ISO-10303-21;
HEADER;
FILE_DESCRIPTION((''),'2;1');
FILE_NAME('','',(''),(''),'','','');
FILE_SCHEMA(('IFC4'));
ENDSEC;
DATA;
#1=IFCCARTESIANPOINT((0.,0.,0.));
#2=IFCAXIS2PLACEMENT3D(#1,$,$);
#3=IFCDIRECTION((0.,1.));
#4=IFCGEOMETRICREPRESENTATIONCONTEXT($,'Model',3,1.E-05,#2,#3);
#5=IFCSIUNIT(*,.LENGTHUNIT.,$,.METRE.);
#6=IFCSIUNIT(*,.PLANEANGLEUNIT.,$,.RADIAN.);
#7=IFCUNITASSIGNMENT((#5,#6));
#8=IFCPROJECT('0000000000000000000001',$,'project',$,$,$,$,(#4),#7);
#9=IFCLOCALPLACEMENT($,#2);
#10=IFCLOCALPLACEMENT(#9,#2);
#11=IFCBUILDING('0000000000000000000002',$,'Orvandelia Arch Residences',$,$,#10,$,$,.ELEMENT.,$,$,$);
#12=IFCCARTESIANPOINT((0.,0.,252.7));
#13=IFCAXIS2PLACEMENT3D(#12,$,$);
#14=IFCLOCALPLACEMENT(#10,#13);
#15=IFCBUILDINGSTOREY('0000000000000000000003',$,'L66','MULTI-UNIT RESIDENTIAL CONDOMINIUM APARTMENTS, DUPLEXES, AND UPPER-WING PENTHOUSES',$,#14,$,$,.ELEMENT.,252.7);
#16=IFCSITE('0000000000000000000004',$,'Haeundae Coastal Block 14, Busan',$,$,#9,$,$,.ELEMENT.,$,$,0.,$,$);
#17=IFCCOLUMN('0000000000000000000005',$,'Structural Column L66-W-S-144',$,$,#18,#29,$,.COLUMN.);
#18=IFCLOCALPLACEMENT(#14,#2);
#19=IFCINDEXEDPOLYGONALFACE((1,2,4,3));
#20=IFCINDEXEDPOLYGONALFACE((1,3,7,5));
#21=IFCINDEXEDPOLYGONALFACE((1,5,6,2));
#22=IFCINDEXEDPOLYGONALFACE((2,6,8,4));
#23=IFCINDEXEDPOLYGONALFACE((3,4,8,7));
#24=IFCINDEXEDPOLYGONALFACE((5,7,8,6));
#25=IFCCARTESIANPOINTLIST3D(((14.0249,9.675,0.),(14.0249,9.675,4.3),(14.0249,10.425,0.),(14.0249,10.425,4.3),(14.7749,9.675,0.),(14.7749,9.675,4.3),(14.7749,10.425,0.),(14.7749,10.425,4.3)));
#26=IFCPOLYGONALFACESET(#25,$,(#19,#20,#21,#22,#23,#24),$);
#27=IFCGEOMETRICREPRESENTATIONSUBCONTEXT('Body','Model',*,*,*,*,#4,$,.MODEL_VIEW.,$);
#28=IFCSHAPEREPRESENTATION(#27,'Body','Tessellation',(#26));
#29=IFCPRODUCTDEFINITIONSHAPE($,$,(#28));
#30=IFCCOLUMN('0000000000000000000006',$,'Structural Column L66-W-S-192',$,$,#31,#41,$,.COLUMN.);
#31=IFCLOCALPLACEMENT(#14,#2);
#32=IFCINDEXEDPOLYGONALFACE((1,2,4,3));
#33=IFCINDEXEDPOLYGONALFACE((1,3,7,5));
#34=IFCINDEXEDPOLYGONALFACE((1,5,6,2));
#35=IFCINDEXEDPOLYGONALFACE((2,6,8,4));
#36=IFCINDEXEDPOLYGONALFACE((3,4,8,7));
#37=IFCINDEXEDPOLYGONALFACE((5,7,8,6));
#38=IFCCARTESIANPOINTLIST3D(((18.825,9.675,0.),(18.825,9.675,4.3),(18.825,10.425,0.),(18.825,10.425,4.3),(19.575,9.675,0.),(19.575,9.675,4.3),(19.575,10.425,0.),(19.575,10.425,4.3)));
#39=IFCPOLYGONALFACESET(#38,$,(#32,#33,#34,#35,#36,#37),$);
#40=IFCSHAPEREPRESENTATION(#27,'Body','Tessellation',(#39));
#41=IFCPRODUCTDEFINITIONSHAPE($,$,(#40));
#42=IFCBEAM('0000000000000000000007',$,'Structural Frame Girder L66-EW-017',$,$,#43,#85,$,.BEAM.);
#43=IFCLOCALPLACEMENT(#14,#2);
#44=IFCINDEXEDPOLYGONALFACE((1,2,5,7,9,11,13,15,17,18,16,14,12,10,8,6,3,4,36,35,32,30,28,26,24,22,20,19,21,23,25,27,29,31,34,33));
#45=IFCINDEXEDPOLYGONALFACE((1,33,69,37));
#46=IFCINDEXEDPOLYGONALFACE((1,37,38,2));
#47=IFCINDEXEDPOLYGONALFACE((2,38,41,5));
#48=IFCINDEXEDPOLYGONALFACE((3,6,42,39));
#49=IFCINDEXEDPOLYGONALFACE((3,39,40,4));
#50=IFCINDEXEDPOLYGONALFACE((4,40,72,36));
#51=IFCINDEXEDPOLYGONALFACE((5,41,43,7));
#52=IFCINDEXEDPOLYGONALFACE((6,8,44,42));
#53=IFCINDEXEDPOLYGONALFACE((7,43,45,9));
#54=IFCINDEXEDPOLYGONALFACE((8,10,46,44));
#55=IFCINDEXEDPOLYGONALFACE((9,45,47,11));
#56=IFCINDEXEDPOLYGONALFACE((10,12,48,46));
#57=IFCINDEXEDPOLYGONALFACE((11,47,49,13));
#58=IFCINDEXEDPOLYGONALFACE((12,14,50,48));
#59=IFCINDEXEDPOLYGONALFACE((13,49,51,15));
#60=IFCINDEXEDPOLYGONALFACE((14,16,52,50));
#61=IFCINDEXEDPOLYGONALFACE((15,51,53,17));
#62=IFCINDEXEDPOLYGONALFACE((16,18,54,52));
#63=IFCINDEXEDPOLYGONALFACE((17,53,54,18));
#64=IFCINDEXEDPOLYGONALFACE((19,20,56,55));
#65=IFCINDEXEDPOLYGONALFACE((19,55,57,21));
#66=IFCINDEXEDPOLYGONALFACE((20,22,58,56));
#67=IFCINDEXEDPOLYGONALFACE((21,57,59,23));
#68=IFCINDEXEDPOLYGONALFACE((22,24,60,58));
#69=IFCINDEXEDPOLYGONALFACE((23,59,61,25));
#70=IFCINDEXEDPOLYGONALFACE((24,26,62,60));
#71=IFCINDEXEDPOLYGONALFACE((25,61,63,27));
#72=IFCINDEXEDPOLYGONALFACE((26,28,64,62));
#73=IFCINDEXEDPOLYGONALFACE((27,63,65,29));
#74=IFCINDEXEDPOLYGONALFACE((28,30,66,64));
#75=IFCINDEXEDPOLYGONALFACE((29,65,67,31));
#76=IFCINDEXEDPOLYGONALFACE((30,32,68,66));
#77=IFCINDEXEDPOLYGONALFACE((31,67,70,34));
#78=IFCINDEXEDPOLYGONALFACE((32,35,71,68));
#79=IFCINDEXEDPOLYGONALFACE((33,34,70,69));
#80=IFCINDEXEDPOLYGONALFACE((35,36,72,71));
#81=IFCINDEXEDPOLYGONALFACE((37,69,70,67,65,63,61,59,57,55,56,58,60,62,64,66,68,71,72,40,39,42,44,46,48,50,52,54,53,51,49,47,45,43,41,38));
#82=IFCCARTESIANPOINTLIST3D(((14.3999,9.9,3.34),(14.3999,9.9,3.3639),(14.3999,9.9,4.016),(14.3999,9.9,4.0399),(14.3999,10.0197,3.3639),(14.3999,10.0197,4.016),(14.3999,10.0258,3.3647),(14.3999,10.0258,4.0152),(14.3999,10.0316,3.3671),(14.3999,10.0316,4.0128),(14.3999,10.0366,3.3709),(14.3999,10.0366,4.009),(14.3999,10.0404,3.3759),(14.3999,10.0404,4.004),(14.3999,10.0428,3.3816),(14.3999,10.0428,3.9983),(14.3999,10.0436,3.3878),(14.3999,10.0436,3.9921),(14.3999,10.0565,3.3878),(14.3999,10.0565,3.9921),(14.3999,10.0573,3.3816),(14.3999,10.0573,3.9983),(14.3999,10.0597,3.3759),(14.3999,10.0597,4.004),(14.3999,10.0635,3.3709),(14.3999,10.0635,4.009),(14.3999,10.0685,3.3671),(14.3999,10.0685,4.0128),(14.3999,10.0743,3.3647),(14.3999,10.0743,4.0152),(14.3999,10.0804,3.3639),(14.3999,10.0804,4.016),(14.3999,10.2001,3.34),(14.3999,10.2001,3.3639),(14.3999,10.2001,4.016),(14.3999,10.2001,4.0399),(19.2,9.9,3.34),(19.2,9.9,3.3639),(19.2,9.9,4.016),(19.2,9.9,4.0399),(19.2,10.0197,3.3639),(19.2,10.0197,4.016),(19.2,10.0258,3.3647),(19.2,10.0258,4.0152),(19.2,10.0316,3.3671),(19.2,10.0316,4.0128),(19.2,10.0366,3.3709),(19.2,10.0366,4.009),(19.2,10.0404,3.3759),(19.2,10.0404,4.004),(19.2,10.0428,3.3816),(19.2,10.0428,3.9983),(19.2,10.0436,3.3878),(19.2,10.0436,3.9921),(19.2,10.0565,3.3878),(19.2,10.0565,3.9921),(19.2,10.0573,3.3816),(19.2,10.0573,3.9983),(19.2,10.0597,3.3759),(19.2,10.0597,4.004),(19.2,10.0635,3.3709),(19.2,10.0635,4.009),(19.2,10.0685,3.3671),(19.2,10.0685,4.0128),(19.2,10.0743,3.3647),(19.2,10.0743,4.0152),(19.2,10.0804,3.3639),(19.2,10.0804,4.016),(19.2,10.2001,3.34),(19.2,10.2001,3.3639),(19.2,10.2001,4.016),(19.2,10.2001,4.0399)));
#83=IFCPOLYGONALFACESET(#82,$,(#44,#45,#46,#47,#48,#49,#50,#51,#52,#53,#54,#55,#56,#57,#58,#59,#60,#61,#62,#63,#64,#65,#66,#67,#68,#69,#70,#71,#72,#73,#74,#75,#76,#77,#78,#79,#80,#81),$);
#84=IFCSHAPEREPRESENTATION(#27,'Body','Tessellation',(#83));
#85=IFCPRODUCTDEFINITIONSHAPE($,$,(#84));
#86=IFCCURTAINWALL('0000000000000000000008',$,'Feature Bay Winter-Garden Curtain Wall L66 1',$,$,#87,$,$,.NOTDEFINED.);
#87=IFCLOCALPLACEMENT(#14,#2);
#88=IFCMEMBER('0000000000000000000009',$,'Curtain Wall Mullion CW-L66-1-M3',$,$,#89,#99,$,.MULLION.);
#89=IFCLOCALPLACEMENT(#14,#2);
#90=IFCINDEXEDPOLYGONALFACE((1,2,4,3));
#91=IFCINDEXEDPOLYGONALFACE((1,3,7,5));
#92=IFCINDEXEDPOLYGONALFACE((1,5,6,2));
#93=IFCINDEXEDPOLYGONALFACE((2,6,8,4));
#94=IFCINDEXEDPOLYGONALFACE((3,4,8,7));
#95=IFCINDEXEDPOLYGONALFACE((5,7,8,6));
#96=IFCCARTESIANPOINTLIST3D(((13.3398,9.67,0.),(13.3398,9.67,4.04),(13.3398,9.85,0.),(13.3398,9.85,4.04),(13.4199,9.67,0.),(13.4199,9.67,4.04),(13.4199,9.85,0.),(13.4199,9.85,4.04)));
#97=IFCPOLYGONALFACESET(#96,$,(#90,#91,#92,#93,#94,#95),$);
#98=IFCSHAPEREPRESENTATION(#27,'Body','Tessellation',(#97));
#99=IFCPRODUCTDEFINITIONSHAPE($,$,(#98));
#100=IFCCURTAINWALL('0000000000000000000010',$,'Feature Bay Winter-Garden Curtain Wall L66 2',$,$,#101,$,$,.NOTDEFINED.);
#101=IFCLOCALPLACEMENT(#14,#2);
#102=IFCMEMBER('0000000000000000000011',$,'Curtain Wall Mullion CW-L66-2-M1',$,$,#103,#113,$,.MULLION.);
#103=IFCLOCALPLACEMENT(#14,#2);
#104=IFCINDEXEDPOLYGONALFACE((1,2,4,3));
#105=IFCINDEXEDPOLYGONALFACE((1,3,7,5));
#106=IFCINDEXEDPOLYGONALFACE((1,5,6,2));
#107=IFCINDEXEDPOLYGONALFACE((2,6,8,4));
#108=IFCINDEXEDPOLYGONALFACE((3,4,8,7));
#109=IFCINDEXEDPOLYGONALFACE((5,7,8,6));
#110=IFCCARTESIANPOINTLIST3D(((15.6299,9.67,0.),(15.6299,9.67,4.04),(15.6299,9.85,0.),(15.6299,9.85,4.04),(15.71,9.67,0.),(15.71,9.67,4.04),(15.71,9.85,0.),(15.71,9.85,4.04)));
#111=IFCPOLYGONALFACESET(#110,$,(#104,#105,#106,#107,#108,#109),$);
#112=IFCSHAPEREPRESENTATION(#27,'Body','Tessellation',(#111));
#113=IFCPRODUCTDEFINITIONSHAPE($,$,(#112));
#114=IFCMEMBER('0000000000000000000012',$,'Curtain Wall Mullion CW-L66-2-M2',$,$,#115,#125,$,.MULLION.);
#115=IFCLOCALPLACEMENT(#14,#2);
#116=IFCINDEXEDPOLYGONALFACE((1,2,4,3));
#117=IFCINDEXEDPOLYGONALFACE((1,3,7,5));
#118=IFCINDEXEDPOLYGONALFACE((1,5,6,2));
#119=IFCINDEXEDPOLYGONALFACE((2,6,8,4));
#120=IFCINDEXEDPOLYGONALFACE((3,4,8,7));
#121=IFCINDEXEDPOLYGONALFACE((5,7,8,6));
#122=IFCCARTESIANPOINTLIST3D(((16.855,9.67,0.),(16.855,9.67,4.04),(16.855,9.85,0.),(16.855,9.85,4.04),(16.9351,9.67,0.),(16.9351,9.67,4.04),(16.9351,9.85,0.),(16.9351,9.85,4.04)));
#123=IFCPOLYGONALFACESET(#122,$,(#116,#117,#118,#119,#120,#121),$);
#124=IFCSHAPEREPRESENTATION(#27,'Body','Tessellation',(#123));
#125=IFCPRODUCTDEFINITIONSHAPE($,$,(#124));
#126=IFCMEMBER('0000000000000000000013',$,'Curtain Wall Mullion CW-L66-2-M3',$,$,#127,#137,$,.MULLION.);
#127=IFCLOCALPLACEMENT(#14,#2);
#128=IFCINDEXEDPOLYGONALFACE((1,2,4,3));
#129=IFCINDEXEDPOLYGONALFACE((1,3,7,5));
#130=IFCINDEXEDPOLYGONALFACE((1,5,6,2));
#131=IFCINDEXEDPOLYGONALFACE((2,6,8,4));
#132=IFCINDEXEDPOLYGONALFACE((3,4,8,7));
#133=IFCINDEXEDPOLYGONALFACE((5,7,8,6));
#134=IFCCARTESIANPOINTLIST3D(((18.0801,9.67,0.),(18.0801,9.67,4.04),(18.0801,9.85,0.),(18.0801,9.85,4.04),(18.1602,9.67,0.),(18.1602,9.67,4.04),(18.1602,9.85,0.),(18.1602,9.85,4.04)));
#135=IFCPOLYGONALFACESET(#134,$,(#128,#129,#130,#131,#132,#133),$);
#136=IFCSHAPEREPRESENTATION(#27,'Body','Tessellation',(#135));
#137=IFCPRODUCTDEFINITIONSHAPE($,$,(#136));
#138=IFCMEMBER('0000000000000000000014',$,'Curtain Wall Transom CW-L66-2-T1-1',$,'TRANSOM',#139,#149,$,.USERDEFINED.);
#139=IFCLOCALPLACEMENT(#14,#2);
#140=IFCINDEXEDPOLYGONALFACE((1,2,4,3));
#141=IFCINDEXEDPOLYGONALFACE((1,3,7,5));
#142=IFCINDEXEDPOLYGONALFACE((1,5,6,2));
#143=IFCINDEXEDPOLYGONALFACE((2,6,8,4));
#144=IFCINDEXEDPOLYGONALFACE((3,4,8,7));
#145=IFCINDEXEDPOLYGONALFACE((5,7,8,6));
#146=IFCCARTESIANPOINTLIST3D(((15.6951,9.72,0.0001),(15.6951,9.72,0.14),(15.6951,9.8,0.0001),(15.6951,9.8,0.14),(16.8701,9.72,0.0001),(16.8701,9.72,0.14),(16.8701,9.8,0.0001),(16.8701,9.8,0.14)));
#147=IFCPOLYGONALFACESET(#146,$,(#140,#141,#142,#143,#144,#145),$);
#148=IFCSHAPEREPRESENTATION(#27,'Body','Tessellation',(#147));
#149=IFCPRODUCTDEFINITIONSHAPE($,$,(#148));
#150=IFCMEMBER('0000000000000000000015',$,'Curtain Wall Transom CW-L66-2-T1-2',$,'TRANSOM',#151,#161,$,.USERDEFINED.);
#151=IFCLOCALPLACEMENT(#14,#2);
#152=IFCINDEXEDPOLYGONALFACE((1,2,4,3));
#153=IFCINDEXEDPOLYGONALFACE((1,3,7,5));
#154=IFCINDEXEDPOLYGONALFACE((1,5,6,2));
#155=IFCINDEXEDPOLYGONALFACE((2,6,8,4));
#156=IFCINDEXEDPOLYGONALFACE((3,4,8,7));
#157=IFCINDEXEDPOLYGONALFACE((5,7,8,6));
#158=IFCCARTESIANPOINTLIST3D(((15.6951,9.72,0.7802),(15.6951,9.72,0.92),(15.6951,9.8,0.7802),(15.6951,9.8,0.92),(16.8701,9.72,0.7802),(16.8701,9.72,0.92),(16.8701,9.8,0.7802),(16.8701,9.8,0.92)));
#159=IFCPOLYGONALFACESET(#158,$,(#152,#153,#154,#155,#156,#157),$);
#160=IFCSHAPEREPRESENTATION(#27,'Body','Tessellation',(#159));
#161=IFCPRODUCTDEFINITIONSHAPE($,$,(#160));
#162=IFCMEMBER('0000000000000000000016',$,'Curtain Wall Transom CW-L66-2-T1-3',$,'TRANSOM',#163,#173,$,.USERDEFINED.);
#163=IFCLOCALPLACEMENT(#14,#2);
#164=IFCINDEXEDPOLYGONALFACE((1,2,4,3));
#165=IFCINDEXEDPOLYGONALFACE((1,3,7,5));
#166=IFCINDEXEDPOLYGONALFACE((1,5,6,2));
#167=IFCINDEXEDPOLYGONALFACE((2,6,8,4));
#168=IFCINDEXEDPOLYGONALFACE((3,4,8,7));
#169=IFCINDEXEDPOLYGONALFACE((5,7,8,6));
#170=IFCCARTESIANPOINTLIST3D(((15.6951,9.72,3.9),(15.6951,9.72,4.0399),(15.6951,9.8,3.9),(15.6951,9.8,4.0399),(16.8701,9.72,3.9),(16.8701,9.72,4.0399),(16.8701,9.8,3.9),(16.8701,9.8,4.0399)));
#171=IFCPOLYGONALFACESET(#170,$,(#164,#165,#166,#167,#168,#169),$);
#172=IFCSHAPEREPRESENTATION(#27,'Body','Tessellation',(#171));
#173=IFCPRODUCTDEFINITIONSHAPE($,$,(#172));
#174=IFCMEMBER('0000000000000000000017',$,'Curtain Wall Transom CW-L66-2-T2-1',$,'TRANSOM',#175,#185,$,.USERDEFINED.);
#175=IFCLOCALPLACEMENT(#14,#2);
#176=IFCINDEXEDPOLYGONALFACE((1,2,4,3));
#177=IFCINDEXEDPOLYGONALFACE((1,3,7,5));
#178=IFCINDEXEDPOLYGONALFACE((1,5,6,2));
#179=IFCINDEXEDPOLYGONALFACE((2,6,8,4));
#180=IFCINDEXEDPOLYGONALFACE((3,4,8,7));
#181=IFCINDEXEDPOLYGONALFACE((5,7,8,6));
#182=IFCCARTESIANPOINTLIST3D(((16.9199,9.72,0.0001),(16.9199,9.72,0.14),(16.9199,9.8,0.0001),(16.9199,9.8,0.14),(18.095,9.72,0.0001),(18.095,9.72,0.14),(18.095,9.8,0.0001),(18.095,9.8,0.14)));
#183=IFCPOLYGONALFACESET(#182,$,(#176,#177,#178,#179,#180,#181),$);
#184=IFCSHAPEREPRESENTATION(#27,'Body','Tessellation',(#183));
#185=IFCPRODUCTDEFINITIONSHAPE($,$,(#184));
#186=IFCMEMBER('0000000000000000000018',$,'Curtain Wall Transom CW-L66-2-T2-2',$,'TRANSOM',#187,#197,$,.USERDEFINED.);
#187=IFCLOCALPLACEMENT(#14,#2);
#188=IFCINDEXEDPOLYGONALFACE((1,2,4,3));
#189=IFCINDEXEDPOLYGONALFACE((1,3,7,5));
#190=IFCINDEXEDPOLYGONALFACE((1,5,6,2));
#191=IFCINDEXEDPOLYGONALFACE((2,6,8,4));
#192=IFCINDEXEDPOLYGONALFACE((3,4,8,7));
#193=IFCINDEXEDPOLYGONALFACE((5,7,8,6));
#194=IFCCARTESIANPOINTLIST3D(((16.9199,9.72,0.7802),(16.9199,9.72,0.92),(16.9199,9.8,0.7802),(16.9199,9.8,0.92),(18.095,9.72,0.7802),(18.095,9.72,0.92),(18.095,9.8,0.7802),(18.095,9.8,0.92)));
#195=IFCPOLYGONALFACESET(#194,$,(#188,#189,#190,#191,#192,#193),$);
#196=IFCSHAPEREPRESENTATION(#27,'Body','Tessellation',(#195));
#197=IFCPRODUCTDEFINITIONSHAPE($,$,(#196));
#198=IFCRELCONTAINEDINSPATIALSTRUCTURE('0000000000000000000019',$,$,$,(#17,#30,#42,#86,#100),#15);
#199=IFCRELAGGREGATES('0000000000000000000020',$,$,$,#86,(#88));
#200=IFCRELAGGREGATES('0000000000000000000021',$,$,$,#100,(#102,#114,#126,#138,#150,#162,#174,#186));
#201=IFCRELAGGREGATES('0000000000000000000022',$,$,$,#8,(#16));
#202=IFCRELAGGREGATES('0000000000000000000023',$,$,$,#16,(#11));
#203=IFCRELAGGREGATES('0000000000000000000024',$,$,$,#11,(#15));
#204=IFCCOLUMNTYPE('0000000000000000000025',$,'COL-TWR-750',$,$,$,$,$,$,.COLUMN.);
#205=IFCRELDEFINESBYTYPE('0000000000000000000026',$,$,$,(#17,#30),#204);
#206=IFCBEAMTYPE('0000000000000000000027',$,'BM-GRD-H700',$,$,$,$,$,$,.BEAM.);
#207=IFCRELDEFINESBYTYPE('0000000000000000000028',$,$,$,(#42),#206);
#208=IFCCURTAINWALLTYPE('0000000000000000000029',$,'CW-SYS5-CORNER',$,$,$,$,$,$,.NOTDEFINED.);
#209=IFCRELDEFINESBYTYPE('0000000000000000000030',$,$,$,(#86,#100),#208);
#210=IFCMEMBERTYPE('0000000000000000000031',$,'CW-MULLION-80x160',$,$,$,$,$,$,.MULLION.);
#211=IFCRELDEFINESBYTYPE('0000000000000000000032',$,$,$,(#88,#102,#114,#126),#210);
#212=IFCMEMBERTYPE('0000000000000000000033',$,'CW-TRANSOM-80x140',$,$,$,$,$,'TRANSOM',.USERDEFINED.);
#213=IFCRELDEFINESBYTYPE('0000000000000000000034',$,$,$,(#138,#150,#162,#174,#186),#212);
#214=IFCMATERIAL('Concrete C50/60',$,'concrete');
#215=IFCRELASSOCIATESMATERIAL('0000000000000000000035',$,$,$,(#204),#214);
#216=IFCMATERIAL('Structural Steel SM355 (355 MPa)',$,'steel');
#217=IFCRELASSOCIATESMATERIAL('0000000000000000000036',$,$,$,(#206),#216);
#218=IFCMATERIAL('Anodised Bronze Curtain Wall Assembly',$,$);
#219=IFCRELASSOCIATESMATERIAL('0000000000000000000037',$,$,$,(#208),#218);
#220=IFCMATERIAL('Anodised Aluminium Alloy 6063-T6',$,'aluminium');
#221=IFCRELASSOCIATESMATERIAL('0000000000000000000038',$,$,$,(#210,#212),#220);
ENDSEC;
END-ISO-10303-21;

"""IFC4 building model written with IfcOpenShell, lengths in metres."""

from ifc_helpers import new_model, si_unit, direction, frame, origin, origin_2d, place, context, subcontext, project, spatial, rectangle, i_section, extrude, material, material_profile, profile_set, type_object, element, aggregate, save


model = new_model("IFC4")

# Units and contexts
model_context = context("Model", 3, precision=1e-05, world=origin(), true_north=direction((0.0, 1.0)))
body_context = subcontext(model_context, "Body", "Model", "MODEL_VIEW")
ifc_project = project(units=[si_unit("LENGTHUNIT", "METRE"), si_unit("PLANEANGLEUNIT", "RADIAN")], contexts=[model_context])

# Site, building, storey
site_placement = place(None, origin())
site = spatial("IfcSite", under=ifc_project, at=site_placement, Name="Haeundae Coastal Block 14, Busan", CompositionType="ELEMENT", RefElevation=0.0)
building_placement = place(site_placement, origin())
building = spatial("IfcBuilding", under=site, at=building_placement, Name="Orvandelia Arch Residences", CompositionType="ELEMENT")
storey_placement = place(building_placement, frame((0.0, 0.0, 252.7)))
storey = spatial("IfcBuildingStorey", under=building, at=storey_placement, Name="L66", Description="MULTI-UNIT RESIDENTIAL CONDOMINIUM APARTMENTS, DUPLEXES, AND UPPER-WING PENTHOUSES", CompositionType="ELEMENT", Elevation=252.7)

# Columns
ifc_material_1 = material(Name="Concrete C50/60", Category="concrete")
ifc_material_profile_1 = material_profile(ifc_material_1, rectangle(XDim=0.75, YDim=0.75, at=origin_2d()), Name="Concrete C50/60", Category="concrete")
ifc_profile_set_1 = profile_set([ifc_material_profile_1], Name="Concrete C50/60")
column_type = type_object("IfcColumnType", Name="COL-TWR-750", PredefinedType="COLUMN", material=ifc_profile_set_1)
for number, where, z_axis, x_axis, name in (
    (1, (14.3999, 10.05, 0.0), (0.0, 0.0, 1.0), (1.0, 0.0, 0.0), "Structural Column L66-W-S-144"),
    (2, (19.2, 10.05, 0.0), (0.0, 0.0, 1.0), (1.0, 0.0, 0.0), "Structural Column L66-W-S-192"),
):
    element("IfcColumn", number, at=place(storey_placement, frame(where, z_axis=z_axis, x_axis=x_axis)), inside=storey, type_object=column_type, Name=name, PredefinedType="COLUMN", context=body_context, shape_type="SweptSolid", body=[
        extrude(rectangle(XDim=0.75, YDim=0.75, at=origin_2d()), origin(), (0.0, 0.0, 1.0), 4.3),
    ])

# Beam
ifc_material_2 = material(Name="Structural Steel SM355 (355 MPa)", Category="steel")
ifc_material_profile_2 = material_profile(ifc_material_2, i_section(OverallWidth=0.3, OverallDepth=0.7, WebThickness=0.0129, FlangeThickness=0.0239, FilletRadius=0.0239, at=origin_2d()), Name="Structural Steel SM355 (355 MPa)", Category="steel")
ifc_profile_set_2 = profile_set([ifc_material_profile_2], Name="Structural Steel SM355 (355 MPa)")
beam_type = type_object("IfcBeamType", Name="BM-GRD-H700", PredefinedType="BEAM", material=ifc_profile_set_2)
beam_placement = place(storey_placement, frame((14.3999, 10.05, 3.6899), z_axis=(1.0, 0.0, 0.0), x_axis=(0.0, 1.0, 0.0)))
element("IfcBeam", 3, at=beam_placement, inside=storey, type_object=beam_type, Name="Structural Frame Girder L66-EW-017", PredefinedType="BEAM", context=body_context, shape_type="SweptSolid", body=[
    extrude(i_section(OverallWidth=0.3, OverallDepth=0.7, WebThickness=0.0129, FlangeThickness=0.0239, FilletRadius=0.0239, at=origin_2d()), origin(), (0.0, 0.0, 1.0), 4.8),
])

# Curtain wall, member
ifc_material_3 = material(Name="Anodised Bronze Curtain Wall Assembly")
curtain_wall_type = type_object("IfcCurtainWallType", Name="CW-SYS5-CORNER", PredefinedType="NOTDEFINED", material=ifc_material_3)
curtain_wall_1_placement = place(storey_placement, origin())
curtain_wall_1 = element("IfcCurtainWall", 4, at=curtain_wall_1_placement, inside=storey, type_object=curtain_wall_type, Name="Feature Bay Winter-Garden Curtain Wall L66 1", PredefinedType="NOTDEFINED")
ifc_material_4 = material(Name="Anodised Aluminium Alloy 6063-T6", Category="aluminium")
ifc_material_profile_3 = material_profile(ifc_material_4, rectangle(XDim=0.0801, YDim=0.1799, at=origin_2d()), Name="Anodised Aluminium Alloy 6063-T6", Category="aluminium")
ifc_profile_set_3 = profile_set([ifc_material_profile_3], Name="Anodised Aluminium Alloy 6063-T6")
member_type_1 = type_object("IfcMemberType", Name="CW-MULLION-80x160", PredefinedType="MULLION", material=ifc_profile_set_3)
member_1_placement = place(storey_placement, frame((13.3799, 9.76, 0.0), z_axis=(0.0, 0.0, 1.0), x_axis=(1.0, 0.0, 0.0)))
member_1 = element("IfcMember", 5, at=member_1_placement, type_object=member_type_1, Name="Curtain Wall Mullion CW-L66-1-M3", PredefinedType="MULLION", context=body_context, shape_type="SweptSolid", body=[
    extrude(rectangle(XDim=0.0801, YDim=0.1799, at=origin_2d()), origin(), (0.0, 0.0, 1.0), 4.04),
])

# Curtain wall, members
curtain_wall_2_placement = place(storey_placement, origin())
curtain_wall_2 = element("IfcCurtainWall", 6, at=curtain_wall_2_placement, inside=storey, type_object=curtain_wall_type, Name="Feature Bay Winter-Garden Curtain Wall L66 2", PredefinedType="NOTDEFINED")
member_2_placement = place(storey_placement, frame((15.6699, 9.76, 0.0), z_axis=(0.0, 0.0, 1.0), x_axis=(1.0, 0.0, 0.0)))
member_2 = element("IfcMember", 7, at=member_2_placement, type_object=member_type_1, Name="Curtain Wall Mullion CW-L66-2-M1", PredefinedType="MULLION", context=body_context, shape_type="SweptSolid", body=[
    extrude(rectangle(XDim=0.0801, YDim=0.1799, at=origin_2d()), origin(), (0.0, 0.0, 1.0), 4.04),
])
member_3_placement = place(storey_placement, frame((16.895, 9.76, 0.0), z_axis=(0.0, 0.0, 1.0), x_axis=(1.0, 0.0, 0.0)))
member_3 = element("IfcMember", 8, at=member_3_placement, type_object=member_type_1, Name="Curtain Wall Mullion CW-L66-2-M2", PredefinedType="MULLION", context=body_context, shape_type="SweptSolid", body=[
    extrude(rectangle(XDim=0.0801, YDim=0.1799, at=origin_2d()), origin(), (0.0, 0.0, 1.0), 4.04),
])
member_4_placement = place(storey_placement, frame((18.1201, 9.76, 0.0), z_axis=(0.0, 0.0, 1.0), x_axis=(1.0, 0.0, 0.0)))
member_4 = element("IfcMember", 9, at=member_4_placement, type_object=member_type_1, Name="Curtain Wall Mullion CW-L66-2-M3", PredefinedType="MULLION", context=body_context, shape_type="SweptSolid", body=[
    extrude(rectangle(XDim=0.0801, YDim=0.1799, at=origin_2d()), origin(), (0.0, 0.0, 1.0), 4.04),
])
ifc_material_profile_4 = material_profile(ifc_material_4, rectangle(XDim=0.0801, YDim=0.1399, at=origin_2d()), Name="Anodised Aluminium Alloy 6063-T6", Category="aluminium")
ifc_profile_set_4 = profile_set([ifc_material_profile_4], Name="Anodised Aluminium Alloy 6063-T6")
member_type_2 = type_object("IfcMemberType", Name="CW-TRANSOM-80x140", ElementType="TRANSOM", PredefinedType="USERDEFINED", material=ifc_profile_set_4)
member_5_placement = place(storey_placement, frame((15.6951, 9.76, 0.0701), z_axis=(1.0, 0.0, 0.0), x_axis=(0.0, 1.0, 0.0)))
member_5 = element("IfcMember", 10, at=member_5_placement, type_object=member_type_2, Name="Curtain Wall Transom CW-L66-2-T1-1", ObjectType="TRANSOM", PredefinedType="USERDEFINED", context=body_context, shape_type="SweptSolid", body=[
    extrude(rectangle(XDim=0.0801, YDim=0.1399, at=origin_2d()), origin(), (0.0, 0.0, 1.0), 1.175),
])
member_6_placement = place(storey_placement, frame((15.6951, 9.76, 0.8501), z_axis=(1.0, 0.0, 0.0), x_axis=(0.0, 1.0, 0.0)))
member_6 = element("IfcMember", 11, at=member_6_placement, type_object=member_type_2, Name="Curtain Wall Transom CW-L66-2-T1-2", ObjectType="TRANSOM", PredefinedType="USERDEFINED", context=body_context, shape_type="SweptSolid", body=[
    extrude(rectangle(XDim=0.0801, YDim=0.1399, at=origin_2d()), origin(), (0.0, 0.0, 1.0), 1.175),
])
member_7_placement = place(storey_placement, frame((15.6951, 9.76, 3.97), z_axis=(1.0, 0.0, 0.0), x_axis=(0.0, 1.0, 0.0)))
member_7 = element("IfcMember", 12, at=member_7_placement, type_object=member_type_2, Name="Curtain Wall Transom CW-L66-2-T1-3", ObjectType="TRANSOM", PredefinedType="USERDEFINED", context=body_context, shape_type="SweptSolid", body=[
    extrude(rectangle(XDim=0.0801, YDim=0.1399, at=origin_2d()), origin(), (0.0, 0.0, 1.0), 1.175),
])
member_8_placement = place(storey_placement, frame((16.9199, 9.76, 0.0701), z_axis=(1.0, 0.0, 0.0), x_axis=(0.0, 1.0, 0.0)))
member_8 = element("IfcMember", 13, at=member_8_placement, type_object=member_type_2, Name="Curtain Wall Transom CW-L66-2-T2-1", ObjectType="TRANSOM", PredefinedType="USERDEFINED", context=body_context, shape_type="SweptSolid", body=[
    extrude(rectangle(XDim=0.0801, YDim=0.1399, at=origin_2d()), origin(), (0.0, 0.0, 1.0), 1.175),
])
member_9_placement = place(storey_placement, frame((16.9199, 9.76, 0.8501), z_axis=(1.0, 0.0, 0.0), x_axis=(0.0, 1.0, 0.0)))
member_9 = element("IfcMember", 14, at=member_9_placement, type_object=member_type_2, Name="Curtain Wall Transom CW-L66-2-T2-2", ObjectType="TRANSOM", PredefinedType="USERDEFINED", context=body_context, shape_type="SweptSolid", body=[
    extrude(rectangle(XDim=0.0801, YDim=0.1399, at=origin_2d()), origin(), (0.0, 0.0, 1.0), 1.175),
])

aggregate(curtain_wall_1, [member_1])
aggregate(curtain_wall_2, [member_2, member_3, member_4, member_5, member_6, member_7, member_8, member_9])

save(model, "model.ifc")
